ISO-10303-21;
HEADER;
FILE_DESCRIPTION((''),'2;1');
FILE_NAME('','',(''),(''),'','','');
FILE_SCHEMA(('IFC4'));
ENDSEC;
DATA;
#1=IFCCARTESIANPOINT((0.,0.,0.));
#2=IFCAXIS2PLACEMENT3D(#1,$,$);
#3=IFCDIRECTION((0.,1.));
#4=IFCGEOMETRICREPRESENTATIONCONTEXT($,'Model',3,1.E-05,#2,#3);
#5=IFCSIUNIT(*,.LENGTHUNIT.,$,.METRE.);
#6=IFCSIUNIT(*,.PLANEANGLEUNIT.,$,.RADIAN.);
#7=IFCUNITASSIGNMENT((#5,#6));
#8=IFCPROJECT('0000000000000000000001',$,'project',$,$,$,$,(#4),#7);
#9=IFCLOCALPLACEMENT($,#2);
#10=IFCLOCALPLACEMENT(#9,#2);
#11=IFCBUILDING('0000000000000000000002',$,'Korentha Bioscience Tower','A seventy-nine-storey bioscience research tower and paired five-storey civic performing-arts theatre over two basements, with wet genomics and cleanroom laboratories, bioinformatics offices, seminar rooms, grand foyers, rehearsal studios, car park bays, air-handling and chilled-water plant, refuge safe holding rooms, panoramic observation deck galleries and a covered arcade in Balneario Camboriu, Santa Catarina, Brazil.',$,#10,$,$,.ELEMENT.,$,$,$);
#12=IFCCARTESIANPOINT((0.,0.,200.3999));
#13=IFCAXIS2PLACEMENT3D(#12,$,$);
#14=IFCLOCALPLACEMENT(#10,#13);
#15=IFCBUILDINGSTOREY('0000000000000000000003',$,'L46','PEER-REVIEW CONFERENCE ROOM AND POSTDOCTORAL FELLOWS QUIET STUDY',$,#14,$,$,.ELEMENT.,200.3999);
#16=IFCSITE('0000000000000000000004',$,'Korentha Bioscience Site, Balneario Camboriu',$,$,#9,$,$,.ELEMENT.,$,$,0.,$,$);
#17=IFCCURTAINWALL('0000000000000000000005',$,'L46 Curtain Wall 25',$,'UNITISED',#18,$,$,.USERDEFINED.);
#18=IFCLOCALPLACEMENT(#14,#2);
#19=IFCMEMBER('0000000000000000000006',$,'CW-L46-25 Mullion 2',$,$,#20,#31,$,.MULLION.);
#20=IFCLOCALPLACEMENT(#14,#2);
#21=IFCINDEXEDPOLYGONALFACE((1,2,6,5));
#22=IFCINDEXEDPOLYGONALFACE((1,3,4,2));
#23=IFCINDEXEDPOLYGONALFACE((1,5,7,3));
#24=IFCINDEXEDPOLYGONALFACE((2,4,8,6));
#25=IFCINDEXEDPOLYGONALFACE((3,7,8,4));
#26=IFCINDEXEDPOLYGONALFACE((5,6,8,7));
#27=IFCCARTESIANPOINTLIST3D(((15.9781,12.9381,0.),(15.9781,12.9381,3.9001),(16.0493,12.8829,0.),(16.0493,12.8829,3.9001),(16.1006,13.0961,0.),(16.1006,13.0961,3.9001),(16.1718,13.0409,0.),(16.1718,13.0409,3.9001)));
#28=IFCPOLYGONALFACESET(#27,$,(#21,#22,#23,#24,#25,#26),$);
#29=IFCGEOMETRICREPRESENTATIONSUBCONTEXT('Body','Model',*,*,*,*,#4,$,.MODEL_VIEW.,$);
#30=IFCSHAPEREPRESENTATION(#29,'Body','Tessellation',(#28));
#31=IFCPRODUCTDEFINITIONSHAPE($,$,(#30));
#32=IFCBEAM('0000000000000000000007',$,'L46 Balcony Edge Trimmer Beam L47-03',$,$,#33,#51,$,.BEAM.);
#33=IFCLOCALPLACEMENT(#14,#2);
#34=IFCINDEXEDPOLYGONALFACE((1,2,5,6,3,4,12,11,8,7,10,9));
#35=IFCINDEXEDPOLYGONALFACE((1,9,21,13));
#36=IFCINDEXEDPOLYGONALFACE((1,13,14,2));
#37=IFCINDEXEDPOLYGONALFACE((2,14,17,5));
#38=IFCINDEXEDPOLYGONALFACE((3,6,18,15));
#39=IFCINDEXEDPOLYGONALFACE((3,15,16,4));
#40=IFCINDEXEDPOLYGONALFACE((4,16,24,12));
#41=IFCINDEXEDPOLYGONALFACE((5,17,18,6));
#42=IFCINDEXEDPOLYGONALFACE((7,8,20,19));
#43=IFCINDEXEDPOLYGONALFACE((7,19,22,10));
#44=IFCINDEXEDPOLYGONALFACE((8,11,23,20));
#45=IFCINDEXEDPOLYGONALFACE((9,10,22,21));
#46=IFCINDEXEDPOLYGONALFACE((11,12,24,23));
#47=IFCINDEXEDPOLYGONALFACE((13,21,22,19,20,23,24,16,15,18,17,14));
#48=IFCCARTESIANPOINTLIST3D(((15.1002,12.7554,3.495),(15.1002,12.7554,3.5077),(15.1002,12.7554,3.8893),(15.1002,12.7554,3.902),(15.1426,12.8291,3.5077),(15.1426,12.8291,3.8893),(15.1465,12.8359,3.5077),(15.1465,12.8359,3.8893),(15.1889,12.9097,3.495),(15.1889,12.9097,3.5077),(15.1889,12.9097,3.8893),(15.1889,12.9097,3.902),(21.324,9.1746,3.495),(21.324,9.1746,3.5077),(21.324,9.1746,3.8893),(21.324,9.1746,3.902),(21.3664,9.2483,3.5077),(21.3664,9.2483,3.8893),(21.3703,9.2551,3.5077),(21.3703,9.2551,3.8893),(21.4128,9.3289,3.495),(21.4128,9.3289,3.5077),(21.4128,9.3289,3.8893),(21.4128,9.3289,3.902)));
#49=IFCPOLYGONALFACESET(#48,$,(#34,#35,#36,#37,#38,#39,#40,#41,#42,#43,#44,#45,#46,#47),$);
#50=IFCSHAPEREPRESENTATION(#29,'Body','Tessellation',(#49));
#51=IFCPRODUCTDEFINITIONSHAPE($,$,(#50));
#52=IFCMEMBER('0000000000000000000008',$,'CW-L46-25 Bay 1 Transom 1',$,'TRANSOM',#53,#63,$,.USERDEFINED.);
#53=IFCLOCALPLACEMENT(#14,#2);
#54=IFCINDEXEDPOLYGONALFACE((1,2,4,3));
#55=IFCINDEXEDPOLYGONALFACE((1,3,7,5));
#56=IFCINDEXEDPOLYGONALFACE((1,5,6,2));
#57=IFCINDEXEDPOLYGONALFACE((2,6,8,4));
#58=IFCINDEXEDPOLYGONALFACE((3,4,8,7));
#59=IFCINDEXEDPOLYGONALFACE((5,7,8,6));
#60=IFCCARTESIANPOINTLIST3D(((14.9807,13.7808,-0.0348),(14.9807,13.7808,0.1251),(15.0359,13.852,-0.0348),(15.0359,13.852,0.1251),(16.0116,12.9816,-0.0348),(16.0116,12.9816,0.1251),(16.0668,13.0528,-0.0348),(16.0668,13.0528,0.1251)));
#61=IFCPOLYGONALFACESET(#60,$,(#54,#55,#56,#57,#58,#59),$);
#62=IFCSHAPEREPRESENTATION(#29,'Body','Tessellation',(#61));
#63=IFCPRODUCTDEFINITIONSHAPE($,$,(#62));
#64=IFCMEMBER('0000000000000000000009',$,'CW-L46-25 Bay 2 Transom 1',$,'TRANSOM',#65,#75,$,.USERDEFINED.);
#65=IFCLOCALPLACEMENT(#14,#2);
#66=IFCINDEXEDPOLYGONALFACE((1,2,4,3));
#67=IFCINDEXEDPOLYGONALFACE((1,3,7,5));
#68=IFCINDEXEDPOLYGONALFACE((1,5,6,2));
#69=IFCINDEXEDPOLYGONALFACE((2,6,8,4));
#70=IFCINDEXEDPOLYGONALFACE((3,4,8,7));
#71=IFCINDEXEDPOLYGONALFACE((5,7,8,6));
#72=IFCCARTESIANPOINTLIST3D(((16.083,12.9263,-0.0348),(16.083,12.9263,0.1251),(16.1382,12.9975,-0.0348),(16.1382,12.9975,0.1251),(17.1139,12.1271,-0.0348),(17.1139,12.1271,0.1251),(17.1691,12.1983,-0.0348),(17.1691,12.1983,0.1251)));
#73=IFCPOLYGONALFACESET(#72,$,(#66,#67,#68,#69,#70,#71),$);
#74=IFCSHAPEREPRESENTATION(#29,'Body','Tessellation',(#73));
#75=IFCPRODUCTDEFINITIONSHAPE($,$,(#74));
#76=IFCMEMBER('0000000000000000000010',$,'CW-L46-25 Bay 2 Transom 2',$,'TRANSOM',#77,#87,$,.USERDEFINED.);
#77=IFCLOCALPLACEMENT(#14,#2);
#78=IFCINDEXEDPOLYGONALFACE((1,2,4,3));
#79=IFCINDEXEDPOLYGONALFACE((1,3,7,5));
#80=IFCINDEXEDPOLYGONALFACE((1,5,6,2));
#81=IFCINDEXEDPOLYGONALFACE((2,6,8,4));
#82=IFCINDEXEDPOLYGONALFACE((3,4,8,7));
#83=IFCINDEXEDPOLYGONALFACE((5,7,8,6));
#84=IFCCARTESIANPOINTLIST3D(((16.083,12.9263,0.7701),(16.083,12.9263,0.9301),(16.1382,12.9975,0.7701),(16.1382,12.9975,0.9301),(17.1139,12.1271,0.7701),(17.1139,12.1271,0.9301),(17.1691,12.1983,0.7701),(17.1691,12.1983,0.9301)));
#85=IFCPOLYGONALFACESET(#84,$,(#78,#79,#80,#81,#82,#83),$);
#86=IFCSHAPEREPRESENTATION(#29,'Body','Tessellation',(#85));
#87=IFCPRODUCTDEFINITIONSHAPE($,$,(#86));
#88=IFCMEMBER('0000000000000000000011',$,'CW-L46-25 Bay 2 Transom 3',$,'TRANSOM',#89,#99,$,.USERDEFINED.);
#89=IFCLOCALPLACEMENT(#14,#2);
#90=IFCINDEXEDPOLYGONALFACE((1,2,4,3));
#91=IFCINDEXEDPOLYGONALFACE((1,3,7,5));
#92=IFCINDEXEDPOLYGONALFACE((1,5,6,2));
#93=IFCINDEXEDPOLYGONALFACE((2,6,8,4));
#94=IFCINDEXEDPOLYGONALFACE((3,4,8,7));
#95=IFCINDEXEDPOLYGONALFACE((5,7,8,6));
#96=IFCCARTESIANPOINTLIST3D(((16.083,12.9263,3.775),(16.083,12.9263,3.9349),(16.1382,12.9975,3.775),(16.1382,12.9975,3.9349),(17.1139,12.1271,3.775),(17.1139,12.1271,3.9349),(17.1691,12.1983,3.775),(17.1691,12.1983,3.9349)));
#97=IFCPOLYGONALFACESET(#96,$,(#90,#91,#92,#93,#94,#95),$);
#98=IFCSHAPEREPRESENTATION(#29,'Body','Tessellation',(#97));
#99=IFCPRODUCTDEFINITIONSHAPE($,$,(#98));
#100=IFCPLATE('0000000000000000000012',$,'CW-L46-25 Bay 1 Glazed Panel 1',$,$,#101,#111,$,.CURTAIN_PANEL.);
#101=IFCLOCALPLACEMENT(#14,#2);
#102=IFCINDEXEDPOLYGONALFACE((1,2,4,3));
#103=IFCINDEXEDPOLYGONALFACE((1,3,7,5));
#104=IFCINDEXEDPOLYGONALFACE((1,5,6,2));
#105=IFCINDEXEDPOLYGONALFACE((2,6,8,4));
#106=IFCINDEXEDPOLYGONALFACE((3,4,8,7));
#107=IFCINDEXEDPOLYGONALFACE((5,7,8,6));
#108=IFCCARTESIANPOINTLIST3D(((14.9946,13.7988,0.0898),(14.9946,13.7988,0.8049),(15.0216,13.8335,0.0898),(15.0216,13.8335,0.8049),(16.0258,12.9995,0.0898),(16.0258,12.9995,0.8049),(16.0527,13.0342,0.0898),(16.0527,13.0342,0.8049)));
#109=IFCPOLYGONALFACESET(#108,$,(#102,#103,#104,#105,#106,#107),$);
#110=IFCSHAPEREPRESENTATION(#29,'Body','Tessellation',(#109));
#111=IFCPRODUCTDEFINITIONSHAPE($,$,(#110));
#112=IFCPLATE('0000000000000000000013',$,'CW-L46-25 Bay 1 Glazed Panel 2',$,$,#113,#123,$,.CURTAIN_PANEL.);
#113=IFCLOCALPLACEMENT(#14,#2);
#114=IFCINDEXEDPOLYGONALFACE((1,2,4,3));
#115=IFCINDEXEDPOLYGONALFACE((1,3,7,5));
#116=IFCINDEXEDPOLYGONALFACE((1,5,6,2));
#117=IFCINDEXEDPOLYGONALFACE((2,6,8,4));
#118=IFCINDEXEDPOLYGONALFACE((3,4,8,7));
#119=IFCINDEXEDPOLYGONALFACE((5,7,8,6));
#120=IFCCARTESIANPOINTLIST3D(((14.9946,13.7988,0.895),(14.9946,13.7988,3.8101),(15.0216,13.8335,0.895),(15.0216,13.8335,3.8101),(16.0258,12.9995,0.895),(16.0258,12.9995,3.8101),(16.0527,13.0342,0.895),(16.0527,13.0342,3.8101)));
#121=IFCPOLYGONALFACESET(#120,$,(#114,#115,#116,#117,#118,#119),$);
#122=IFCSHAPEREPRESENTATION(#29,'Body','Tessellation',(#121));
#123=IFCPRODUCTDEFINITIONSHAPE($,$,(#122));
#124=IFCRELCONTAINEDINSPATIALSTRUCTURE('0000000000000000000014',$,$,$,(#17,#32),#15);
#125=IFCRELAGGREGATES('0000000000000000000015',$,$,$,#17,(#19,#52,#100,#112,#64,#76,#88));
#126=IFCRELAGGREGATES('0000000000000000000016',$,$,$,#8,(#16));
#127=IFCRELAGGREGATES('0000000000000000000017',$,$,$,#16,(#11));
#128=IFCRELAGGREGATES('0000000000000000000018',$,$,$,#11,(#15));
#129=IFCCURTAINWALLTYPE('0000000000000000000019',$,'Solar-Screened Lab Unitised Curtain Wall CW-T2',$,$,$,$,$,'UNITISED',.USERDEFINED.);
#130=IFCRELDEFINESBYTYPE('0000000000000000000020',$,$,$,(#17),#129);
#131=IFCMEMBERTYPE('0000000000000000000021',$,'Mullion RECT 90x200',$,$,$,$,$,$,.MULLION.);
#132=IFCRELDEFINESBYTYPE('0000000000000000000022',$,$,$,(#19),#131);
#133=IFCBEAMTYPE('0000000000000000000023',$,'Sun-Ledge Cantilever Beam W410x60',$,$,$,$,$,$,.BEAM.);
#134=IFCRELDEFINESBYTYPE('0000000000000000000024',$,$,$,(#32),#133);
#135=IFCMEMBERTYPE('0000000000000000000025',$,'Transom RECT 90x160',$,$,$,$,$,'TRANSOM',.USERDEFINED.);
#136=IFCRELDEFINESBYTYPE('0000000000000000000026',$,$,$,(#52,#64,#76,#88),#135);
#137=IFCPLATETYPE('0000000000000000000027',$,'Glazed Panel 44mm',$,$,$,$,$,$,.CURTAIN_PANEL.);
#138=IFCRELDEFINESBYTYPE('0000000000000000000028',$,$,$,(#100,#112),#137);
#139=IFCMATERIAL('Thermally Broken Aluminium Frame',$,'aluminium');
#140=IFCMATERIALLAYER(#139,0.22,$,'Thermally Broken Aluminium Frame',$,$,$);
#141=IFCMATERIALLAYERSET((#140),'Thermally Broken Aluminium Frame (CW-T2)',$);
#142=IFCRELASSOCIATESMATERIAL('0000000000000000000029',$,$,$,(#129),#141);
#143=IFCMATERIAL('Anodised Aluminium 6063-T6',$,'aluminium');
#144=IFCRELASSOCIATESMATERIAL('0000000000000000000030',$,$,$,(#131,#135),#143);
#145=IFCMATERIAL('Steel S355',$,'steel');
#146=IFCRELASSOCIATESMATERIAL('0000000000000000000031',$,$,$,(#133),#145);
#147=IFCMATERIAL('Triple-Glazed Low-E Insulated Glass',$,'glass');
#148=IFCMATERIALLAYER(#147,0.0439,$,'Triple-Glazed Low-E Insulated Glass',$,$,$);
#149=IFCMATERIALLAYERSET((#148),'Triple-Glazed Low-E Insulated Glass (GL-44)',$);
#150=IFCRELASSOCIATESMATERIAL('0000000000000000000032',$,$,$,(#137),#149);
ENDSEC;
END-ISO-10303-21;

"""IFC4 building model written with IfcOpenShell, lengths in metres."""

from ifc_helpers import new_model, si_unit, direction, frame, origin, origin_2d, place, context, subcontext, project, spatial, rectangle, i_section, extrude, material, layer, layer_set, material_profile, profile_set, type_object, element, aggregate, save


model = new_model("IFC4")

# Units and contexts
model_context = context("Model", 3, precision=1e-05, world=origin(), true_north=direction((0.0, 1.0)))
body_context = subcontext(model_context, "Body", "Model", "MODEL_VIEW")
ifc_project = project(units=[si_unit("LENGTHUNIT", "METRE"), si_unit("PLANEANGLEUNIT", "RADIAN")], contexts=[model_context])

# Site, building, storey
site_placement = place(None, origin())
site = spatial("IfcSite", under=ifc_project, at=site_placement, Name="Korentha Bioscience Site, Balneario Camboriu", CompositionType="ELEMENT", RefElevation=0.0)
building_placement = place(site_placement, origin())
building = spatial("IfcBuilding", under=site, at=building_placement, Name="Korentha Bioscience Tower", Description="A seventy-nine-storey bioscience research tower and paired five-storey civic performing-arts theatre over two basements, with wet genomics and cleanroom laboratories, bioinformatics offices, seminar rooms, grand foyers, rehearsal studios, car park bays, air-handling and chilled-water plant, refuge safe holding rooms, panoramic observation deck galleries and a covered arcade in Balneario Camboriu, Santa Catarina, Brazil.", CompositionType="ELEMENT")
storey_placement = place(building_placement, frame((0.0, 0.0, 200.3999)))
storey = spatial("IfcBuildingStorey", under=building, at=storey_placement, Name="L46", Description="PEER-REVIEW CONFERENCE ROOM AND POSTDOCTORAL FELLOWS QUIET STUDY", CompositionType="ELEMENT", Elevation=200.3999)

# Curtain wall, member
ifc_material_1 = material(Name="Thermally Broken Aluminium Frame", Category="aluminium")
ifc_layer_1 = layer(ifc_material_1, 0.22, Name="Thermally Broken Aluminium Frame")
ifc_layer_set_1 = layer_set([ifc_layer_1], Name="Thermally Broken Aluminium Frame (CW-T2)")
curtain_wall_type = type_object("IfcCurtainWallType", Name="Solar-Screened Lab Unitised Curtain Wall CW-T2", ElementType="UNITISED", PredefinedType="USERDEFINED", material=ifc_layer_set_1)
curtain_wall_placement = place(storey_placement, origin())
curtain_wall = element("IfcCurtainWall", 1, at=curtain_wall_placement, inside=storey, type_object=curtain_wall_type, Name="L46 Curtain Wall 25", ObjectType="UNITISED", PredefinedType="USERDEFINED")
ifc_material_2 = material(Name="Anodised Aluminium 6063-T6", Category="aluminium")
ifc_material_profile_1 = material_profile(ifc_material_2, rectangle(XDim=0.0901, YDim=0.2, at=origin_2d()), Name="Anodised Aluminium 6063-T6")
ifc_profile_set_1 = profile_set([ifc_material_profile_1], Name="Anodised Aluminium 6063-T6 (CW-MUL)")
member_type_1 = type_object("IfcMemberType", Name="Mullion RECT 90x200", PredefinedType="MULLION", material=ifc_profile_set_1)
member_1_placement = place(storey_placement, frame((16.075, 12.9895, 0.0), z_axis=(0.0, 0.0, 1.0), x_axis=(0.790346, -0.612661, 0.0)))
member_1 = element("IfcMember", 2, at=member_1_placement, type_object=member_type_1, Name="CW-L46-25 Mullion 2", PredefinedType="MULLION", context=body_context, shape_type="SweptSolid", body=[
    extrude(rectangle(XDim=0.0901, YDim=0.2, at=origin_2d()), origin(), (0.0, 0.0, 1.0), 3.9001),
])

# Beam
ifc_material_3 = material(Name="Steel S355", Category="steel")
ifc_material_profile_2 = material_profile(ifc_material_3, i_section(OverallWidth=0.178, OverallDepth=0.407, WebThickness=0.0078, FlangeThickness=0.0127, at=origin_2d()), Name="Steel S355")
ifc_profile_set_2 = profile_set([ifc_material_profile_2], Name="Steel S355 (CB-410)")
beam_type = type_object("IfcBeamType", Name="Sun-Ledge Cantilever Beam W410x60", PredefinedType="BEAM", material=ifc_profile_set_2)
beam_placement = place(storey_placement, frame((15.1445, 12.8325, 3.6985), z_axis=(0.866781, -0.498689, 0.0), x_axis=(0.498689, 0.866781, 0.0)))
element("IfcBeam", 3, at=beam_placement, inside=storey, type_object=beam_type, Name="L46 Balcony Edge Trimmer Beam L47-03", PredefinedType="BEAM", context=body_context, shape_type="SweptSolid", body=[
    extrude(i_section(OverallWidth=0.178, OverallDepth=0.407, WebThickness=0.0078, FlangeThickness=0.0127, at=origin_2d()), origin(), (0.0, 0.0, 1.0), 7.1804),
])

# Members
ifc_material_profile_3 = material_profile(ifc_material_2, rectangle(XDim=0.0901, YDim=0.1599, at=origin_2d()), Name="Anodised Aluminium 6063-T6")
ifc_profile_set_3 = profile_set([ifc_material_profile_3], Name="Anodised Aluminium 6063-T6 (CW-TRN)")
member_type_2 = type_object("IfcMemberType", Name="Transom RECT 90x160", ElementType="TRANSOM", PredefinedType="USERDEFINED", material=ifc_profile_set_3)
member_2_placement = place(storey_placement, frame((15.0083, 13.8164, 0.0452), z_axis=(0.790309, -0.612709, 0.0), x_axis=(0.612709, 0.790309, 0.0)))
member_2 = element("IfcMember", 4, at=member_2_placement, type_object=member_type_2, Name="CW-L46-25 Bay 1 Transom 1", ObjectType="TRANSOM", PredefinedType="USERDEFINED", context=body_context, shape_type="SweptSolid", body=[
    extrude(rectangle(XDim=0.0901, YDim=0.1599, at=origin_2d()), origin(), (0.0, 0.0, 1.0), 1.3044),
])
member_3_placement = place(storey_placement, frame((16.1106, 12.9619, 0.0452), z_axis=(0.790309, -0.612709, 0.0), x_axis=(0.612709, 0.790309, 0.0)))
member_3 = element("IfcMember", 5, at=member_3_placement, type_object=member_type_2, Name="CW-L46-25 Bay 2 Transom 1", ObjectType="TRANSOM", PredefinedType="USERDEFINED", context=body_context, shape_type="SweptSolid", body=[
    extrude(rectangle(XDim=0.0901, YDim=0.1599, at=origin_2d()), origin(), (0.0, 0.0, 1.0), 1.3044),
])
member_4_placement = place(storey_placement, frame((16.1106, 12.9619, 0.8501), z_axis=(0.790309, -0.612709, 0.0), x_axis=(0.612709, 0.790309, 0.0)))
member_4 = element("IfcMember", 6, at=member_4_placement, type_object=member_type_2, Name="CW-L46-25 Bay 2 Transom 2", ObjectType="TRANSOM", PredefinedType="USERDEFINED", context=body_context, shape_type="SweptSolid", body=[
    extrude(rectangle(XDim=0.0901, YDim=0.1599, at=origin_2d()), origin(), (0.0, 0.0, 1.0), 1.3044),
])
member_5_placement = place(storey_placement, frame((16.1106, 12.9619, 3.855), z_axis=(0.790309, -0.612709, 0.0), x_axis=(0.612709, 0.790309, 0.0)))
member_5 = element("IfcMember", 7, at=member_5_placement, type_object=member_type_2, Name="CW-L46-25 Bay 2 Transom 3", ObjectType="TRANSOM", PredefinedType="USERDEFINED", context=body_context, shape_type="SweptSolid", body=[
    extrude(rectangle(XDim=0.0901, YDim=0.1599, at=origin_2d()), origin(), (0.0, 0.0, 1.0), 1.3044),
])

# Plates
ifc_material_4 = material(Name="Triple-Glazed Low-E Insulated Glass", Category="glass")
ifc_layer_2 = layer(ifc_material_4, 0.0439, Name="Triple-Glazed Low-E Insulated Glass")
ifc_layer_set_2 = layer_set([ifc_layer_2], Name="Triple-Glazed Low-E Insulated Glass (GL-44)")
plate_type = type_object("IfcPlateType", Name="Glazed Panel 44mm", PredefinedType="CURTAIN_PANEL", material=ifc_layer_set_2)
plate_1_placement = place(storey_placement, frame((15.5237, 13.4165, 0.0898), z_axis=(0.0, 0.0, 1.0), x_axis=(0.790346, -0.612661, 0.0)))
plate_1 = element("IfcPlate", 8, at=plate_1_placement, type_object=plate_type, Name="CW-L46-25 Bay 1 Glazed Panel 1", PredefinedType="CURTAIN_PANEL", context=body_context, shape_type="SweptSolid", body=[
    extrude(rectangle(XDim=1.3047, YDim=0.0439, at=origin_2d()), origin(), (0.0, 0.0, 1.0), 0.7151),
])
plate_2_placement = place(storey_placement, frame((15.5237, 13.4165, 0.895), z_axis=(0.0, 0.0, 1.0), x_axis=(0.790346, -0.612661, 0.0)))
plate_2 = element("IfcPlate", 9, at=plate_2_placement, type_object=plate_type, Name="CW-L46-25 Bay 1 Glazed Panel 2", PredefinedType="CURTAIN_PANEL", context=body_context, shape_type="SweptSolid", body=[
    extrude(rectangle(XDim=1.3047, YDim=0.0439, at=origin_2d()), origin(), (0.0, 0.0, 1.0), 2.915),
])
aggregate(curtain_wall, [member_1, member_2, plate_1, plate_2, member_3, member_4, member_5])

save(model, "model.ifc")
